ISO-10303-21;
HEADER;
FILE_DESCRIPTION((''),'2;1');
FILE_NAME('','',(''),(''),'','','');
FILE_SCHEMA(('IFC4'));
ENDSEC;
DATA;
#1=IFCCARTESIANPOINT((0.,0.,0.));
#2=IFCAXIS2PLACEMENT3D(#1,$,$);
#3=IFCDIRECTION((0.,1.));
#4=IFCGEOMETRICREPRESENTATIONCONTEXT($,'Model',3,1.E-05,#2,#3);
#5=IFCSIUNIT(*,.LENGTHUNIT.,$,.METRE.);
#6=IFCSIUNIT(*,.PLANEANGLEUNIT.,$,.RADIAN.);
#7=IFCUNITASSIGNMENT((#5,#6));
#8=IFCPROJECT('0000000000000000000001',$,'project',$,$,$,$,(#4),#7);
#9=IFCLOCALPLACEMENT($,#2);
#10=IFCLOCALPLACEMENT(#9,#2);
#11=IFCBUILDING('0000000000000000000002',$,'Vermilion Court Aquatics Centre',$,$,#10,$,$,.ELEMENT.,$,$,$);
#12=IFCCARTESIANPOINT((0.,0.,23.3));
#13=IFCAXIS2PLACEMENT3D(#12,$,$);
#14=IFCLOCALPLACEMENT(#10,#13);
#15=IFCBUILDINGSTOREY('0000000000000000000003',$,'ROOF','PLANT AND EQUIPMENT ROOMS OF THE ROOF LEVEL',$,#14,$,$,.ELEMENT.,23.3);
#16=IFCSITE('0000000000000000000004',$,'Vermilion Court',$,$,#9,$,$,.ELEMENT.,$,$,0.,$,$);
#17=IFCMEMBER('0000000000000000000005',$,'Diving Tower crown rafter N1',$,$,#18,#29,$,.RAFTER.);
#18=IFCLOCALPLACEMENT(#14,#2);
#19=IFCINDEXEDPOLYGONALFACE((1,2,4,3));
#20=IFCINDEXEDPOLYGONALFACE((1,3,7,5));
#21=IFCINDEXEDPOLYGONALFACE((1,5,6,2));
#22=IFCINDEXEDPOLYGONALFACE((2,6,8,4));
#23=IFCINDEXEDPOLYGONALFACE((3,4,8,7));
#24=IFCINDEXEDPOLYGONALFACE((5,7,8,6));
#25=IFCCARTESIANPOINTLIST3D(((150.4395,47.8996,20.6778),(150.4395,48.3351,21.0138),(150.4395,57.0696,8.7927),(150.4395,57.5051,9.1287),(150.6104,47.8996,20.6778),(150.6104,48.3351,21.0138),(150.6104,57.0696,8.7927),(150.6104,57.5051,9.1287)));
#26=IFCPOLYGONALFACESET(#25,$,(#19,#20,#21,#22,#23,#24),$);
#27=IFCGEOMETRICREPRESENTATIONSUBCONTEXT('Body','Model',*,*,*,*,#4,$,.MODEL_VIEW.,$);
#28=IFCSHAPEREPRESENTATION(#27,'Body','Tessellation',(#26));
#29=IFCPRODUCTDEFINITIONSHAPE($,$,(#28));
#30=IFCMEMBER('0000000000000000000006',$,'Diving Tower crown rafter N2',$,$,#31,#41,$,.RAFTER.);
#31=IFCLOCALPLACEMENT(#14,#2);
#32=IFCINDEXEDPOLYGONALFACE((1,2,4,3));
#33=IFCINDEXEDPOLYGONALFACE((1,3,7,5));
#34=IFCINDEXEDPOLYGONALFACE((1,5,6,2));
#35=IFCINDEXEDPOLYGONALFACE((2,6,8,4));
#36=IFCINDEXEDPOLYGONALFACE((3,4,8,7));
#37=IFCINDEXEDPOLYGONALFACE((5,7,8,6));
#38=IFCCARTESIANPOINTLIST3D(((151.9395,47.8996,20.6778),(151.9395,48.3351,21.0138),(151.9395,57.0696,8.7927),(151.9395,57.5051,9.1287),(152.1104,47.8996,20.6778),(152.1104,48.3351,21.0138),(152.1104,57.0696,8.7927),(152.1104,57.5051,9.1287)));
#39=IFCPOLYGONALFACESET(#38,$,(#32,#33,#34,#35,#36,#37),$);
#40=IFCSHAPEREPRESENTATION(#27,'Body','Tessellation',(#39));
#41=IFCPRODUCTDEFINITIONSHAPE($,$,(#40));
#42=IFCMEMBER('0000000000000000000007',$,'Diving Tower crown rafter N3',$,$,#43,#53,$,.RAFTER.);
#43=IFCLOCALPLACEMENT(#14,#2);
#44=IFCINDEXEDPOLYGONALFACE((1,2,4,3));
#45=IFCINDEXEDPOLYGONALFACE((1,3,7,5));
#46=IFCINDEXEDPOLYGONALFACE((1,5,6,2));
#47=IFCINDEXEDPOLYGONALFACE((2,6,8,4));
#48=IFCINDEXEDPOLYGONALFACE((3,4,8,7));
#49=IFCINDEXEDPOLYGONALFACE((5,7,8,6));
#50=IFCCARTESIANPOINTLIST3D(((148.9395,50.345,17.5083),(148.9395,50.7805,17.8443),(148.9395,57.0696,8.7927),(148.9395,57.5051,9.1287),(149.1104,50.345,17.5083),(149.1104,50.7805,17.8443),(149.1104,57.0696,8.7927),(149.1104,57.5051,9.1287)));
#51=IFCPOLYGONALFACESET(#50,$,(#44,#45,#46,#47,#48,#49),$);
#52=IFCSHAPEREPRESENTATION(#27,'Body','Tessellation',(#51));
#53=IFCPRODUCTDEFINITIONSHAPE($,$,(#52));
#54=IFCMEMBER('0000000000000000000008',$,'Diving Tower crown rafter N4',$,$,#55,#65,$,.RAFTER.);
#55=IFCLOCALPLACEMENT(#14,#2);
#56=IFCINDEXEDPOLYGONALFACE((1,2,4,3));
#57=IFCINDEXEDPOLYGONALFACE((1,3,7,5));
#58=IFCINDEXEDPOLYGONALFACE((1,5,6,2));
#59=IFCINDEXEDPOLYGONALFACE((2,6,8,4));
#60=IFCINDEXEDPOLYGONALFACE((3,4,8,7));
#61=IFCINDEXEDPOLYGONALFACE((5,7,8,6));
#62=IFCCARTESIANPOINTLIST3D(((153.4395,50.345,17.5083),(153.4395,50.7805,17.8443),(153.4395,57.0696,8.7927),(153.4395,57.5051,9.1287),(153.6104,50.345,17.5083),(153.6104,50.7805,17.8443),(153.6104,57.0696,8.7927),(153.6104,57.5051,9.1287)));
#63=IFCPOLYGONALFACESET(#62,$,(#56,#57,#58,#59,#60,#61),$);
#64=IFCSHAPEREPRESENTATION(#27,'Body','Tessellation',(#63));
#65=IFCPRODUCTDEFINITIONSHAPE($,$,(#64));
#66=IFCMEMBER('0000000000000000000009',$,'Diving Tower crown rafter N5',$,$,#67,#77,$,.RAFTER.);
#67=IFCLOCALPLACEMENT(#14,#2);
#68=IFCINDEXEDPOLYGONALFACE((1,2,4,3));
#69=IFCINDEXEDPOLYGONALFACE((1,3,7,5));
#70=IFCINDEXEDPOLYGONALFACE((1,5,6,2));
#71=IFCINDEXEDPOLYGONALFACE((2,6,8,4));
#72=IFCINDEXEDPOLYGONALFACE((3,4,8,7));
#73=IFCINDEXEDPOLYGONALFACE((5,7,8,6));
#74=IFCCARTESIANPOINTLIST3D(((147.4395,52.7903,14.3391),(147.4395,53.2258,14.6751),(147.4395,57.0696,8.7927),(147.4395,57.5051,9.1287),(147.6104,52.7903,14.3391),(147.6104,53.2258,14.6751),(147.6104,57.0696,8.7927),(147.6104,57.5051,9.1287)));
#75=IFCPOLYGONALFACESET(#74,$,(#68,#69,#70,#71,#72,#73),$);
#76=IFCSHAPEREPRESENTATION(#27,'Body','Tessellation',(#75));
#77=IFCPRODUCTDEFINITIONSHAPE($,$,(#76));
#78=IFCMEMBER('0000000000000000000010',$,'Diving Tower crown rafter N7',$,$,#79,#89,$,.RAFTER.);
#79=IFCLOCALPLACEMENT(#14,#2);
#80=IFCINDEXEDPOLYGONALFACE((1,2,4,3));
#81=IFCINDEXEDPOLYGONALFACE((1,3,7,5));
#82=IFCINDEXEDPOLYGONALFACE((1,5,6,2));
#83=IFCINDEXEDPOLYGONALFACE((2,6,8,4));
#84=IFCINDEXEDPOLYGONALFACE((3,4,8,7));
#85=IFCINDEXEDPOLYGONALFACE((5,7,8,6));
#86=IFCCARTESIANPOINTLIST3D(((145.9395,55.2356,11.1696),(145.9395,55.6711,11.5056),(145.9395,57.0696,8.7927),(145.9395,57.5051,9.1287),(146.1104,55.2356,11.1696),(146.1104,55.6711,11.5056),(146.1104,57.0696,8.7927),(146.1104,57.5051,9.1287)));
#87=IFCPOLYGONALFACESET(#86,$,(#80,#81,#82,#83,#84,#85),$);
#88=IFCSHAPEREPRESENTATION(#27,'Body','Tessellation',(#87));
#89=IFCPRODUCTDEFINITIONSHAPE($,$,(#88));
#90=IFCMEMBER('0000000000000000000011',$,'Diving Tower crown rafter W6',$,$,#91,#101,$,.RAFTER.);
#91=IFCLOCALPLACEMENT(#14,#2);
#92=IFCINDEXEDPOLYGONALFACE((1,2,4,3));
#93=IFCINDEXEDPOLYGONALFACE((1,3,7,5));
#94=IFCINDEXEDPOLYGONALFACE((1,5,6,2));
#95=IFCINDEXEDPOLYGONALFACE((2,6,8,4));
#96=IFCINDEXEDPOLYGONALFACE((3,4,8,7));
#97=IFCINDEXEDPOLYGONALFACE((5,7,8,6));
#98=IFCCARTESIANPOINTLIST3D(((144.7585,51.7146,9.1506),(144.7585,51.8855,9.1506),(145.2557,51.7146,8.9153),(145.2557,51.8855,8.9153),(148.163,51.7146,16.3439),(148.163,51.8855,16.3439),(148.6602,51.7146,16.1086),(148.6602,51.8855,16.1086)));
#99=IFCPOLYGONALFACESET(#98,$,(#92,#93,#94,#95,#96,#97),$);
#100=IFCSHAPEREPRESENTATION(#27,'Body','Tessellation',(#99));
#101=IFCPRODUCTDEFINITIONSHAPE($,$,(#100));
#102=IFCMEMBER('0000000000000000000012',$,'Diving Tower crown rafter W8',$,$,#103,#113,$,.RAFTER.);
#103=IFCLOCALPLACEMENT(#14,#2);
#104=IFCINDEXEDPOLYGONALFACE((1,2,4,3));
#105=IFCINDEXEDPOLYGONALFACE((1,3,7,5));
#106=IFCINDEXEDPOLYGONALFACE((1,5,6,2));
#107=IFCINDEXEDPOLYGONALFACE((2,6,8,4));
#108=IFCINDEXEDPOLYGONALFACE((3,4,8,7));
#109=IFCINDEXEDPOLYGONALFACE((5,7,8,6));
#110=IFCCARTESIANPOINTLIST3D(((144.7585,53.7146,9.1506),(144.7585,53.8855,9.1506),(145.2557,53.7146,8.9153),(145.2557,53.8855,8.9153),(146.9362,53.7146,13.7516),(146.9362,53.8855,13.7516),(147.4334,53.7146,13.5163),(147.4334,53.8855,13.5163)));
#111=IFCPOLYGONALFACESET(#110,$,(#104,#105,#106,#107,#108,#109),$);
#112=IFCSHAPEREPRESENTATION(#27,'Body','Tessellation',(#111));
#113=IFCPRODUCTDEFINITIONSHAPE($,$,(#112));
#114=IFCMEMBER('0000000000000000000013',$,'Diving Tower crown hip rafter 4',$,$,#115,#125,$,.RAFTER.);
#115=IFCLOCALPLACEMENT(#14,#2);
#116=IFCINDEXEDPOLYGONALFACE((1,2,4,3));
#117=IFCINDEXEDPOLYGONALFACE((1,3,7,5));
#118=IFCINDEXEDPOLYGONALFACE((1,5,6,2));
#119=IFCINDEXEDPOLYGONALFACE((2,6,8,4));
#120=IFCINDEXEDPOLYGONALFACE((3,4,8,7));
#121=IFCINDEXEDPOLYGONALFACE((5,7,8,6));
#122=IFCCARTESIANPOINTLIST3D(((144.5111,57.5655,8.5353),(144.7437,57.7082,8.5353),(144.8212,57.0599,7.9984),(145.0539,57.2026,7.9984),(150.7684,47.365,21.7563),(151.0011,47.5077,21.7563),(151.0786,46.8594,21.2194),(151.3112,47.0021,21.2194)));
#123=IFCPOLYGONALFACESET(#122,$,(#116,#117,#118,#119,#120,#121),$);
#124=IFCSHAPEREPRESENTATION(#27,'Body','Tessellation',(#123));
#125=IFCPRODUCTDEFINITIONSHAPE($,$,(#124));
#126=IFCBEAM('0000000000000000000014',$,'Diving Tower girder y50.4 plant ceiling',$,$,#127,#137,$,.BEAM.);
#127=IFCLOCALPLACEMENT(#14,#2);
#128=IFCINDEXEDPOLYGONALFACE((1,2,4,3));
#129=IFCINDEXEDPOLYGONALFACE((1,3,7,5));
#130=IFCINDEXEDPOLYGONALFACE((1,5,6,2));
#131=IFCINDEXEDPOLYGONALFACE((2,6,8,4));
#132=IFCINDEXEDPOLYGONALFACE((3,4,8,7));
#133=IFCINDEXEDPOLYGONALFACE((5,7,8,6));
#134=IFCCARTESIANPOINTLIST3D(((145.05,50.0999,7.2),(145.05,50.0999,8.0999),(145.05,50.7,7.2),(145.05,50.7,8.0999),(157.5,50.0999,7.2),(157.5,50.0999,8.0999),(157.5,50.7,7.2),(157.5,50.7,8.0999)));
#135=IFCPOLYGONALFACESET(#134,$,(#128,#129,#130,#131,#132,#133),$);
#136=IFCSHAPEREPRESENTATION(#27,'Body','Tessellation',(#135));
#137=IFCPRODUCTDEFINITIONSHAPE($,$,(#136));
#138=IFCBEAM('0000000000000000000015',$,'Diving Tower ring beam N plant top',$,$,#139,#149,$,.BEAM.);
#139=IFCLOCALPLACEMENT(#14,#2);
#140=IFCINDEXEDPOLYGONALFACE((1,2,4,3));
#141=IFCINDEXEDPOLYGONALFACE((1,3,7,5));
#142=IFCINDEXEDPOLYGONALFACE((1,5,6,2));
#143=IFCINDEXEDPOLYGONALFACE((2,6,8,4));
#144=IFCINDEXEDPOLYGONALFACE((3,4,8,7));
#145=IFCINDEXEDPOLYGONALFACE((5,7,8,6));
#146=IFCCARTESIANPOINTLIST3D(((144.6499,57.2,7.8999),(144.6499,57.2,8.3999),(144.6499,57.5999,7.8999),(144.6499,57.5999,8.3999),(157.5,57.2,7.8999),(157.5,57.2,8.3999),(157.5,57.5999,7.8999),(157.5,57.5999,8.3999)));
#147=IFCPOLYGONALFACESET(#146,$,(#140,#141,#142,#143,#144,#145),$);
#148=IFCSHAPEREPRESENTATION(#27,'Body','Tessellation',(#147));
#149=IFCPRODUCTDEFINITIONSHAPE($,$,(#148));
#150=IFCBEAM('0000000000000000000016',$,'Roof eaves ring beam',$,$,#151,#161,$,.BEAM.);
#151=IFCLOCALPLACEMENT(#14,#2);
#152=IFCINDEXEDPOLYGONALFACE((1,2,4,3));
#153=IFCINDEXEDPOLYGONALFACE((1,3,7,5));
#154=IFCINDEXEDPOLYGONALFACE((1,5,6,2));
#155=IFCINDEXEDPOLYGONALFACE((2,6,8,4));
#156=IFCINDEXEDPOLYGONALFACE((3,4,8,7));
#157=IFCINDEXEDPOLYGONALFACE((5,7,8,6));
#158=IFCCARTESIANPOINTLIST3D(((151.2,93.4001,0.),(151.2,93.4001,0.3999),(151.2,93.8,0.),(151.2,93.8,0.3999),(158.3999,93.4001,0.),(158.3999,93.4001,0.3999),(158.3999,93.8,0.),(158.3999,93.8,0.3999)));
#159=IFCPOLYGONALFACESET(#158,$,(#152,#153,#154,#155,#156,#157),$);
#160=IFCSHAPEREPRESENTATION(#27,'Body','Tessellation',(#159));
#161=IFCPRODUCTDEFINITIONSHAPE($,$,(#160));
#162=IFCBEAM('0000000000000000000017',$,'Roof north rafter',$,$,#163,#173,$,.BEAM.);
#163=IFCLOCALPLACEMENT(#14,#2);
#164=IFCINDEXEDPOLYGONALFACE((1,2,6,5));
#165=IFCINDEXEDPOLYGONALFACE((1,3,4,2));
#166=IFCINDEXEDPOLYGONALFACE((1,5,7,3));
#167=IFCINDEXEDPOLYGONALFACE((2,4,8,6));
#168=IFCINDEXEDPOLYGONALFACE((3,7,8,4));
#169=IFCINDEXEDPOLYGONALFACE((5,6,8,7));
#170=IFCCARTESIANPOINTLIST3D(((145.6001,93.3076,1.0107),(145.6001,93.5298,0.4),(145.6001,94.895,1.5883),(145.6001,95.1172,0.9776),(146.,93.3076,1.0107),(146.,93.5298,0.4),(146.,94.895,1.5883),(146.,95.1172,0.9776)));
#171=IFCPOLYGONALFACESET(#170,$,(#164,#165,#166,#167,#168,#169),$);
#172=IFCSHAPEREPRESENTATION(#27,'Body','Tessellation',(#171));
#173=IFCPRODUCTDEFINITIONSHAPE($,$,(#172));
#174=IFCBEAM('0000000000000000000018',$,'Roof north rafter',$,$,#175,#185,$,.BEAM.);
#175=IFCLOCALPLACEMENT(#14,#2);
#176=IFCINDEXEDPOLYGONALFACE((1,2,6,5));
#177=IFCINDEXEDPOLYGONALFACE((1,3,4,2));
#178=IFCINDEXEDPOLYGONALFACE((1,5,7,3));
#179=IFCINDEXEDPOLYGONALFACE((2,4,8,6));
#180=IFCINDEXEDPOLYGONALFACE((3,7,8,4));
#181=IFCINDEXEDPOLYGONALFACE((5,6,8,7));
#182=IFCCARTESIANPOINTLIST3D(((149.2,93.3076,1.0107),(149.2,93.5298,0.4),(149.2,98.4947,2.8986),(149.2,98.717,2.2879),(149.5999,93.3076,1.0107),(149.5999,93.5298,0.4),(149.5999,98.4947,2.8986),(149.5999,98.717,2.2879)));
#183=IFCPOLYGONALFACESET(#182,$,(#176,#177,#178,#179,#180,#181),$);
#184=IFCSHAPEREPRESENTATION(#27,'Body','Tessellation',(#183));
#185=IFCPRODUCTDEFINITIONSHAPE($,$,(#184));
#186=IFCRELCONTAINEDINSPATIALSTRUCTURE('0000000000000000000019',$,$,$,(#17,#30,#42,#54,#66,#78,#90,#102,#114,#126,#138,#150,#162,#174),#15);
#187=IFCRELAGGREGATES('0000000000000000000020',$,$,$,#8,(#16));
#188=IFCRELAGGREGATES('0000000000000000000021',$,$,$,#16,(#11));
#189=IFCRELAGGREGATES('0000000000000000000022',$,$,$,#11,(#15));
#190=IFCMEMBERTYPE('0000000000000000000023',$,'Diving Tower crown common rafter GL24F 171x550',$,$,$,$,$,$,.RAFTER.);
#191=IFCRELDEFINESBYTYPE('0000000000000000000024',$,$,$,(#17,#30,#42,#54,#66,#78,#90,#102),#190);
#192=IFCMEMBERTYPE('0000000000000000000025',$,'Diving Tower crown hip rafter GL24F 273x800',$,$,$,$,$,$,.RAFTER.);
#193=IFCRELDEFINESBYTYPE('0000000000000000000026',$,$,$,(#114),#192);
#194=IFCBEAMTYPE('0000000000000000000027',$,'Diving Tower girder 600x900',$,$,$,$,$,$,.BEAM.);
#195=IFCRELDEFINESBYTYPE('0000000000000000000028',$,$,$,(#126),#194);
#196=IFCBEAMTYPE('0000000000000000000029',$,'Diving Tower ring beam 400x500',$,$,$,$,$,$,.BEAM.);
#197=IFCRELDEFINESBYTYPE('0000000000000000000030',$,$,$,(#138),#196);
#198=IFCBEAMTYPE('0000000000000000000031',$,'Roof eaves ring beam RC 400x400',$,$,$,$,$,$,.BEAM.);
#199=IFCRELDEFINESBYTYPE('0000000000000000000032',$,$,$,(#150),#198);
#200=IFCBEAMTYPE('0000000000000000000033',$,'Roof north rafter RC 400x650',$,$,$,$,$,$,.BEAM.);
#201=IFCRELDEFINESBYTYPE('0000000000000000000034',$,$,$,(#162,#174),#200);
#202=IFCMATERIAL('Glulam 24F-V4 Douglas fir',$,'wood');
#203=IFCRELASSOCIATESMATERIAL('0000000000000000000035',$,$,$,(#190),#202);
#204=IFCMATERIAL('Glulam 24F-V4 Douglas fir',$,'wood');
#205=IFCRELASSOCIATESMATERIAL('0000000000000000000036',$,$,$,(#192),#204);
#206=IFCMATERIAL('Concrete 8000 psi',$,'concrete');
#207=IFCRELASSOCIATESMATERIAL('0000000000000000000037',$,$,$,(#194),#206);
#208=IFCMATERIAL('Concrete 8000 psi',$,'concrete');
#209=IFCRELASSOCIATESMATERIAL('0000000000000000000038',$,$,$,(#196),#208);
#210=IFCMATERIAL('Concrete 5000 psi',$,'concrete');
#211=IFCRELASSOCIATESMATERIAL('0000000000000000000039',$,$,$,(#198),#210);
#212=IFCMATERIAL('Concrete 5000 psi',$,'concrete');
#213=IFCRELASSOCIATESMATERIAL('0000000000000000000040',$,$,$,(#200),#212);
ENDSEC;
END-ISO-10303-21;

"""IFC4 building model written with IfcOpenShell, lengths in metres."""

from ifc_helpers import new_model, si_unit, direction, frame, origin, origin_2d, place, context, subcontext, project, spatial, rectangle, extrude, material, material_profile, profile_set, type_object, element, save


model = new_model("IFC4")

# Units and contexts
model_context = context("Model", 3, precision=1e-05, world=origin(), true_north=direction((0.0, 1.0)))
body_context = subcontext(model_context, "Body", "Model", "MODEL_VIEW")
ifc_project = project(units=[si_unit("LENGTHUNIT", "METRE"), si_unit("PLANEANGLEUNIT", "RADIAN")], contexts=[model_context])

# Site, building, storey
site_placement = place(None, origin())
site = spatial("IfcSite", under=ifc_project, at=site_placement, Name="Vermilion Court", CompositionType="ELEMENT", RefElevation=0.0)
building_placement = place(site_placement, origin())
building = spatial("IfcBuilding", under=site, at=building_placement, Name="Vermilion Court Aquatics Centre", CompositionType="ELEMENT")
storey_placement = place(building_placement, frame((0.0, 0.0, 23.3)))
storey = spatial("IfcBuildingStorey", under=building, at=storey_placement, Name="ROOF", Description="PLANT AND EQUIPMENT ROOMS OF THE ROOF LEVEL", CompositionType="ELEMENT", Elevation=23.3)

# Members
ifc_material_1 = material(Name="Glulam 24F-V4 Douglas fir", Category="wood")
ifc_material_profile_1 = material_profile(ifc_material_1, rectangle(XDim=0.1709, YDim=0.55, at=origin_2d()), Name="GL24F 171x550")
ifc_profile_set_1 = profile_set([ifc_material_profile_1], Name="Glulam 24F-V4 Douglas fir")
member_type_1 = type_object("IfcMemberType", Name="Diving Tower crown common rafter GL24F 171x550", PredefinedType="RAFTER", material=ifc_profile_set_1)
for number, where, z_axis, x_axis, name in (
    (1, (150.5249, 57.2874, 8.9607), (0.0, -0.610866, 0.791734), (1.0, 0.0, 0.0), "Diving Tower crown rafter N1"),
    (2, (152.0249, 57.2874, 8.9607), (0.0, -0.610866, 0.791734), (1.0, 0.0, 0.0), "Diving Tower crown rafter N2"),
):
    element("IfcMember", number, at=place(storey_placement, frame(where, z_axis=z_axis, x_axis=x_axis)), inside=storey, type_object=member_type_1, Name=name, PredefinedType="RAFTER", context=body_context, shape_type="SweptSolid", body=[
        extrude(rectangle(XDim=0.1709, YDim=0.55, at=origin_2d()), origin(), (0.0, 0.0, 1.0), 15.0115),
    ])
for number, where, z_axis, x_axis, name in (
    (3, (149.0249, 57.2874, 8.9607), (0.0, -0.61087, 0.791731), (1.0, 0.0, 0.0), "Diving Tower crown rafter N3"),
    (4, (153.5249, 57.2874, 8.9607), (0.0, -0.61087, 0.791731), (1.0, 0.0, 0.0), "Diving Tower crown rafter N4"),
):
    element("IfcMember", number, at=place(storey_placement, frame(where, z_axis=z_axis, x_axis=x_axis)), inside=storey, type_object=member_type_1, Name=name, PredefinedType="RAFTER", context=body_context, shape_type="SweptSolid", body=[
        extrude(rectangle(XDim=0.1709, YDim=0.55, at=origin_2d()), origin(), (0.0, 0.0, 1.0), 11.0083),
    ])
member_1_placement = place(storey_placement, frame((147.5249, 57.2874, 8.9607), z_axis=(0.0, -0.610862, 0.791737), x_axis=(1.0, 0.0, 0.0)))
element("IfcMember", 5, at=member_1_placement, inside=storey, type_object=member_type_1, Name="Diving Tower crown rafter N5", PredefinedType="RAFTER", context=body_context, shape_type="SweptSolid", body=[
    extrude(rectangle(XDim=0.1709, YDim=0.55, at=origin_2d()), origin(), (0.0, 0.0, 1.0), 7.0054),
])
member_2_placement = place(storey_placement, frame((146.0249, 57.2874, 8.9607), z_axis=(0.0, -0.610873, 0.791728), x_axis=(1.0, 0.0, 0.0)))
element("IfcMember", 6, at=member_2_placement, inside=storey, type_object=member_type_1, Name="Diving Tower crown rafter N7", PredefinedType="RAFTER", context=body_context, shape_type="SweptSolid", body=[
    extrude(rectangle(XDim=0.1709, YDim=0.55, at=origin_2d()), origin(), (0.0, 0.0, 1.0), 3.0022),
])
member_3_placement = place(storey_placement, frame((145.0071, 51.8, 9.033), z_axis=(0.427795, 0.0, 0.903876), x_axis=(0.0, 1.0, 0.0)))
element("IfcMember", 7, at=member_3_placement, inside=storey, type_object=member_type_1, Name="Diving Tower crown rafter W6", PredefinedType="RAFTER", context=body_context, shape_type="SweptSolid", body=[
    extrude(rectangle(XDim=0.1709, YDim=0.55, at=origin_2d()), origin(), (0.0, 0.0, 1.0), 7.9583),
])
member_4_placement = place(storey_placement, frame((145.0071, 53.8, 9.033), z_axis=(0.42781, 0.0, 0.903869), x_axis=(0.0, 1.0, 0.0)))
element("IfcMember", 8, at=member_4_placement, inside=storey, type_object=member_type_1, Name="Diving Tower crown rafter W8", PredefinedType="RAFTER", context=body_context, shape_type="SweptSolid", body=[
    extrude(rectangle(XDim=0.1709, YDim=0.55, at=origin_2d()), origin(), (0.0, 0.0, 1.0), 5.0903),
])
ifc_material_2 = material(Name="Glulam 24F-V4 Douglas fir", Category="wood")
ifc_material_profile_2 = material_profile(ifc_material_2, rectangle(XDim=0.2729, YDim=0.8, at=origin_2d()), Name="GL24F 273x800")
ifc_profile_set_2 = profile_set([ifc_material_profile_2], Name="Glulam 24F-V4 Douglas fir")
member_type_2 = type_object("IfcMemberType", Name="Diving Tower crown hip rafter GL24F 273x800", PredefinedType="RAFTER", material=ifc_profile_set_2)
member_5_placement = place(storey_placement, frame((144.7825, 57.384, 8.2668), z_axis=(0.350895, -0.572015, 0.741398), x_axis=(0.852399, 0.522893, 0.0)))
element("IfcMember", 9, at=member_5_placement, inside=storey, type_object=member_type_2, Name="Diving Tower crown hip rafter 4", PredefinedType="RAFTER", context=body_context, shape_type="SweptSolid", body=[
    extrude(rectangle(XDim=0.2729, YDim=0.8, at=origin_2d()), origin(), (0.0, 0.0, 1.0), 17.8325),
])

# Beams
ifc_material_3 = material(Name="Concrete 8000 psi", Category="concrete")
ifc_material_profile_3 = material_profile(ifc_material_3, rectangle(XDim=0.6001, YDim=0.8999, at=origin_2d()), Name="RC 600x900")
ifc_profile_set_3 = profile_set([ifc_material_profile_3], Name="Concrete 8000 psi")
beam_type_1 = type_object("IfcBeamType", Name="Diving Tower girder 600x900", PredefinedType="BEAM", material=ifc_profile_set_3)
beam_1_placement = place(storey_placement, frame((145.05, 50.3999, 7.6499), z_axis=(1.0, 0.0, 0.0), x_axis=(0.0, 1.0, 0.0)))
element("IfcBeam", 10, at=beam_1_placement, inside=storey, type_object=beam_type_1, Name="Diving Tower girder y50.4 plant ceiling", PredefinedType="BEAM", context=body_context, shape_type="SweptSolid", body=[
    extrude(rectangle(XDim=0.6001, YDim=0.8999, at=origin_2d()), origin(), (0.0, 0.0, 1.0), 12.45),
])
ifc_material_4 = material(Name="Concrete 8000 psi", Category="concrete")
ifc_material_profile_4 = material_profile(ifc_material_4, rectangle(XDim=0.3999, YDim=0.5, at=origin_2d()), Name="RC 400x500")
ifc_profile_set_4 = profile_set([ifc_material_profile_4], Name="Concrete 8000 psi")
beam_type_2 = type_object("IfcBeamType", Name="Diving Tower ring beam 400x500", PredefinedType="BEAM", material=ifc_profile_set_4)
beam_2_placement = place(storey_placement, frame((144.6499, 57.3999, 8.1499), z_axis=(1.0, 0.0, 0.0), x_axis=(0.0, 1.0, 0.0)))
element("IfcBeam", 11, at=beam_2_placement, inside=storey, type_object=beam_type_2, Name="Diving Tower ring beam N plant top", PredefinedType="BEAM", context=body_context, shape_type="SweptSolid", body=[
    extrude(rectangle(XDim=0.3999, YDim=0.5, at=origin_2d()), origin(), (0.0, 0.0, 1.0), 12.8501),
])
ifc_material_5 = material(Name="Concrete 5000 psi", Category="concrete")
ifc_material_profile_5 = material_profile(ifc_material_5, rectangle(XDim=0.3999, YDim=0.3999, at=origin_2d()), Name="RC 400x400")
ifc_profile_set_5 = profile_set([ifc_material_profile_5], Name="Concrete 5000 psi")
beam_type_3 = type_object("IfcBeamType", Name="Roof eaves ring beam RC 400x400", PredefinedType="BEAM", material=ifc_profile_set_5)
beam_3_placement = place(storey_placement, frame((151.2, 93.6001, 0.2), z_axis=(1.0, 0.0, 0.0), x_axis=(0.0, 1.0, 0.0)))
element("IfcBeam", 12, at=beam_3_placement, inside=storey, type_object=beam_type_3, Name="Roof eaves ring beam", PredefinedType="BEAM", context=body_context, shape_type="SweptSolid", body=[
    extrude(rectangle(XDim=0.3999, YDim=0.3999, at=origin_2d()), origin(), (0.0, 0.0, 1.0), 7.2),
])
ifc_material_6 = material(Name="Concrete 5000 psi", Category="concrete")
ifc_material_profile_6 = material_profile(ifc_material_6, rectangle(XDim=0.3999, YDim=0.6499, at=origin_2d()), Name="RC 400x650")
ifc_profile_set_6 = profile_set([ifc_material_profile_6], Name="Concrete 5000 psi")
beam_type_4 = type_object("IfcBeamType", Name="Roof north rafter RC 400x650", PredefinedType="BEAM", material=ifc_profile_set_6)
beam_4_placement = place(storey_placement, frame((145.8, 93.4187, 0.7053), z_axis=(0.0, 0.939717, 0.341952), x_axis=(-1.0, 0.0, 0.0)))
element("IfcBeam", 13, at=beam_4_placement, inside=storey, type_object=beam_type_4, Name="Roof north rafter", PredefinedType="BEAM", context=body_context, shape_type="SweptSolid", body=[
    extrude(rectangle(XDim=0.3999, YDim=0.6499, at=origin_2d()), origin(), (0.0, 0.0, 1.0), 1.6892),
])
beam_5_placement = place(storey_placement, frame((149.3999, 93.4187, 0.7053), z_axis=(0.0, 0.939697, 0.342009), x_axis=(-1.0, 0.0, 0.0)))
element("IfcBeam", 14, at=beam_5_placement, inside=storey, type_object=beam_type_4, Name="Roof north rafter", PredefinedType="BEAM", context=body_context, shape_type="SweptSolid", body=[
    extrude(rectangle(XDim=0.3999, YDim=0.6499, at=origin_2d()), origin(), (0.0, 0.0, 1.0), 5.52),
])

save(model, "model.ifc")
